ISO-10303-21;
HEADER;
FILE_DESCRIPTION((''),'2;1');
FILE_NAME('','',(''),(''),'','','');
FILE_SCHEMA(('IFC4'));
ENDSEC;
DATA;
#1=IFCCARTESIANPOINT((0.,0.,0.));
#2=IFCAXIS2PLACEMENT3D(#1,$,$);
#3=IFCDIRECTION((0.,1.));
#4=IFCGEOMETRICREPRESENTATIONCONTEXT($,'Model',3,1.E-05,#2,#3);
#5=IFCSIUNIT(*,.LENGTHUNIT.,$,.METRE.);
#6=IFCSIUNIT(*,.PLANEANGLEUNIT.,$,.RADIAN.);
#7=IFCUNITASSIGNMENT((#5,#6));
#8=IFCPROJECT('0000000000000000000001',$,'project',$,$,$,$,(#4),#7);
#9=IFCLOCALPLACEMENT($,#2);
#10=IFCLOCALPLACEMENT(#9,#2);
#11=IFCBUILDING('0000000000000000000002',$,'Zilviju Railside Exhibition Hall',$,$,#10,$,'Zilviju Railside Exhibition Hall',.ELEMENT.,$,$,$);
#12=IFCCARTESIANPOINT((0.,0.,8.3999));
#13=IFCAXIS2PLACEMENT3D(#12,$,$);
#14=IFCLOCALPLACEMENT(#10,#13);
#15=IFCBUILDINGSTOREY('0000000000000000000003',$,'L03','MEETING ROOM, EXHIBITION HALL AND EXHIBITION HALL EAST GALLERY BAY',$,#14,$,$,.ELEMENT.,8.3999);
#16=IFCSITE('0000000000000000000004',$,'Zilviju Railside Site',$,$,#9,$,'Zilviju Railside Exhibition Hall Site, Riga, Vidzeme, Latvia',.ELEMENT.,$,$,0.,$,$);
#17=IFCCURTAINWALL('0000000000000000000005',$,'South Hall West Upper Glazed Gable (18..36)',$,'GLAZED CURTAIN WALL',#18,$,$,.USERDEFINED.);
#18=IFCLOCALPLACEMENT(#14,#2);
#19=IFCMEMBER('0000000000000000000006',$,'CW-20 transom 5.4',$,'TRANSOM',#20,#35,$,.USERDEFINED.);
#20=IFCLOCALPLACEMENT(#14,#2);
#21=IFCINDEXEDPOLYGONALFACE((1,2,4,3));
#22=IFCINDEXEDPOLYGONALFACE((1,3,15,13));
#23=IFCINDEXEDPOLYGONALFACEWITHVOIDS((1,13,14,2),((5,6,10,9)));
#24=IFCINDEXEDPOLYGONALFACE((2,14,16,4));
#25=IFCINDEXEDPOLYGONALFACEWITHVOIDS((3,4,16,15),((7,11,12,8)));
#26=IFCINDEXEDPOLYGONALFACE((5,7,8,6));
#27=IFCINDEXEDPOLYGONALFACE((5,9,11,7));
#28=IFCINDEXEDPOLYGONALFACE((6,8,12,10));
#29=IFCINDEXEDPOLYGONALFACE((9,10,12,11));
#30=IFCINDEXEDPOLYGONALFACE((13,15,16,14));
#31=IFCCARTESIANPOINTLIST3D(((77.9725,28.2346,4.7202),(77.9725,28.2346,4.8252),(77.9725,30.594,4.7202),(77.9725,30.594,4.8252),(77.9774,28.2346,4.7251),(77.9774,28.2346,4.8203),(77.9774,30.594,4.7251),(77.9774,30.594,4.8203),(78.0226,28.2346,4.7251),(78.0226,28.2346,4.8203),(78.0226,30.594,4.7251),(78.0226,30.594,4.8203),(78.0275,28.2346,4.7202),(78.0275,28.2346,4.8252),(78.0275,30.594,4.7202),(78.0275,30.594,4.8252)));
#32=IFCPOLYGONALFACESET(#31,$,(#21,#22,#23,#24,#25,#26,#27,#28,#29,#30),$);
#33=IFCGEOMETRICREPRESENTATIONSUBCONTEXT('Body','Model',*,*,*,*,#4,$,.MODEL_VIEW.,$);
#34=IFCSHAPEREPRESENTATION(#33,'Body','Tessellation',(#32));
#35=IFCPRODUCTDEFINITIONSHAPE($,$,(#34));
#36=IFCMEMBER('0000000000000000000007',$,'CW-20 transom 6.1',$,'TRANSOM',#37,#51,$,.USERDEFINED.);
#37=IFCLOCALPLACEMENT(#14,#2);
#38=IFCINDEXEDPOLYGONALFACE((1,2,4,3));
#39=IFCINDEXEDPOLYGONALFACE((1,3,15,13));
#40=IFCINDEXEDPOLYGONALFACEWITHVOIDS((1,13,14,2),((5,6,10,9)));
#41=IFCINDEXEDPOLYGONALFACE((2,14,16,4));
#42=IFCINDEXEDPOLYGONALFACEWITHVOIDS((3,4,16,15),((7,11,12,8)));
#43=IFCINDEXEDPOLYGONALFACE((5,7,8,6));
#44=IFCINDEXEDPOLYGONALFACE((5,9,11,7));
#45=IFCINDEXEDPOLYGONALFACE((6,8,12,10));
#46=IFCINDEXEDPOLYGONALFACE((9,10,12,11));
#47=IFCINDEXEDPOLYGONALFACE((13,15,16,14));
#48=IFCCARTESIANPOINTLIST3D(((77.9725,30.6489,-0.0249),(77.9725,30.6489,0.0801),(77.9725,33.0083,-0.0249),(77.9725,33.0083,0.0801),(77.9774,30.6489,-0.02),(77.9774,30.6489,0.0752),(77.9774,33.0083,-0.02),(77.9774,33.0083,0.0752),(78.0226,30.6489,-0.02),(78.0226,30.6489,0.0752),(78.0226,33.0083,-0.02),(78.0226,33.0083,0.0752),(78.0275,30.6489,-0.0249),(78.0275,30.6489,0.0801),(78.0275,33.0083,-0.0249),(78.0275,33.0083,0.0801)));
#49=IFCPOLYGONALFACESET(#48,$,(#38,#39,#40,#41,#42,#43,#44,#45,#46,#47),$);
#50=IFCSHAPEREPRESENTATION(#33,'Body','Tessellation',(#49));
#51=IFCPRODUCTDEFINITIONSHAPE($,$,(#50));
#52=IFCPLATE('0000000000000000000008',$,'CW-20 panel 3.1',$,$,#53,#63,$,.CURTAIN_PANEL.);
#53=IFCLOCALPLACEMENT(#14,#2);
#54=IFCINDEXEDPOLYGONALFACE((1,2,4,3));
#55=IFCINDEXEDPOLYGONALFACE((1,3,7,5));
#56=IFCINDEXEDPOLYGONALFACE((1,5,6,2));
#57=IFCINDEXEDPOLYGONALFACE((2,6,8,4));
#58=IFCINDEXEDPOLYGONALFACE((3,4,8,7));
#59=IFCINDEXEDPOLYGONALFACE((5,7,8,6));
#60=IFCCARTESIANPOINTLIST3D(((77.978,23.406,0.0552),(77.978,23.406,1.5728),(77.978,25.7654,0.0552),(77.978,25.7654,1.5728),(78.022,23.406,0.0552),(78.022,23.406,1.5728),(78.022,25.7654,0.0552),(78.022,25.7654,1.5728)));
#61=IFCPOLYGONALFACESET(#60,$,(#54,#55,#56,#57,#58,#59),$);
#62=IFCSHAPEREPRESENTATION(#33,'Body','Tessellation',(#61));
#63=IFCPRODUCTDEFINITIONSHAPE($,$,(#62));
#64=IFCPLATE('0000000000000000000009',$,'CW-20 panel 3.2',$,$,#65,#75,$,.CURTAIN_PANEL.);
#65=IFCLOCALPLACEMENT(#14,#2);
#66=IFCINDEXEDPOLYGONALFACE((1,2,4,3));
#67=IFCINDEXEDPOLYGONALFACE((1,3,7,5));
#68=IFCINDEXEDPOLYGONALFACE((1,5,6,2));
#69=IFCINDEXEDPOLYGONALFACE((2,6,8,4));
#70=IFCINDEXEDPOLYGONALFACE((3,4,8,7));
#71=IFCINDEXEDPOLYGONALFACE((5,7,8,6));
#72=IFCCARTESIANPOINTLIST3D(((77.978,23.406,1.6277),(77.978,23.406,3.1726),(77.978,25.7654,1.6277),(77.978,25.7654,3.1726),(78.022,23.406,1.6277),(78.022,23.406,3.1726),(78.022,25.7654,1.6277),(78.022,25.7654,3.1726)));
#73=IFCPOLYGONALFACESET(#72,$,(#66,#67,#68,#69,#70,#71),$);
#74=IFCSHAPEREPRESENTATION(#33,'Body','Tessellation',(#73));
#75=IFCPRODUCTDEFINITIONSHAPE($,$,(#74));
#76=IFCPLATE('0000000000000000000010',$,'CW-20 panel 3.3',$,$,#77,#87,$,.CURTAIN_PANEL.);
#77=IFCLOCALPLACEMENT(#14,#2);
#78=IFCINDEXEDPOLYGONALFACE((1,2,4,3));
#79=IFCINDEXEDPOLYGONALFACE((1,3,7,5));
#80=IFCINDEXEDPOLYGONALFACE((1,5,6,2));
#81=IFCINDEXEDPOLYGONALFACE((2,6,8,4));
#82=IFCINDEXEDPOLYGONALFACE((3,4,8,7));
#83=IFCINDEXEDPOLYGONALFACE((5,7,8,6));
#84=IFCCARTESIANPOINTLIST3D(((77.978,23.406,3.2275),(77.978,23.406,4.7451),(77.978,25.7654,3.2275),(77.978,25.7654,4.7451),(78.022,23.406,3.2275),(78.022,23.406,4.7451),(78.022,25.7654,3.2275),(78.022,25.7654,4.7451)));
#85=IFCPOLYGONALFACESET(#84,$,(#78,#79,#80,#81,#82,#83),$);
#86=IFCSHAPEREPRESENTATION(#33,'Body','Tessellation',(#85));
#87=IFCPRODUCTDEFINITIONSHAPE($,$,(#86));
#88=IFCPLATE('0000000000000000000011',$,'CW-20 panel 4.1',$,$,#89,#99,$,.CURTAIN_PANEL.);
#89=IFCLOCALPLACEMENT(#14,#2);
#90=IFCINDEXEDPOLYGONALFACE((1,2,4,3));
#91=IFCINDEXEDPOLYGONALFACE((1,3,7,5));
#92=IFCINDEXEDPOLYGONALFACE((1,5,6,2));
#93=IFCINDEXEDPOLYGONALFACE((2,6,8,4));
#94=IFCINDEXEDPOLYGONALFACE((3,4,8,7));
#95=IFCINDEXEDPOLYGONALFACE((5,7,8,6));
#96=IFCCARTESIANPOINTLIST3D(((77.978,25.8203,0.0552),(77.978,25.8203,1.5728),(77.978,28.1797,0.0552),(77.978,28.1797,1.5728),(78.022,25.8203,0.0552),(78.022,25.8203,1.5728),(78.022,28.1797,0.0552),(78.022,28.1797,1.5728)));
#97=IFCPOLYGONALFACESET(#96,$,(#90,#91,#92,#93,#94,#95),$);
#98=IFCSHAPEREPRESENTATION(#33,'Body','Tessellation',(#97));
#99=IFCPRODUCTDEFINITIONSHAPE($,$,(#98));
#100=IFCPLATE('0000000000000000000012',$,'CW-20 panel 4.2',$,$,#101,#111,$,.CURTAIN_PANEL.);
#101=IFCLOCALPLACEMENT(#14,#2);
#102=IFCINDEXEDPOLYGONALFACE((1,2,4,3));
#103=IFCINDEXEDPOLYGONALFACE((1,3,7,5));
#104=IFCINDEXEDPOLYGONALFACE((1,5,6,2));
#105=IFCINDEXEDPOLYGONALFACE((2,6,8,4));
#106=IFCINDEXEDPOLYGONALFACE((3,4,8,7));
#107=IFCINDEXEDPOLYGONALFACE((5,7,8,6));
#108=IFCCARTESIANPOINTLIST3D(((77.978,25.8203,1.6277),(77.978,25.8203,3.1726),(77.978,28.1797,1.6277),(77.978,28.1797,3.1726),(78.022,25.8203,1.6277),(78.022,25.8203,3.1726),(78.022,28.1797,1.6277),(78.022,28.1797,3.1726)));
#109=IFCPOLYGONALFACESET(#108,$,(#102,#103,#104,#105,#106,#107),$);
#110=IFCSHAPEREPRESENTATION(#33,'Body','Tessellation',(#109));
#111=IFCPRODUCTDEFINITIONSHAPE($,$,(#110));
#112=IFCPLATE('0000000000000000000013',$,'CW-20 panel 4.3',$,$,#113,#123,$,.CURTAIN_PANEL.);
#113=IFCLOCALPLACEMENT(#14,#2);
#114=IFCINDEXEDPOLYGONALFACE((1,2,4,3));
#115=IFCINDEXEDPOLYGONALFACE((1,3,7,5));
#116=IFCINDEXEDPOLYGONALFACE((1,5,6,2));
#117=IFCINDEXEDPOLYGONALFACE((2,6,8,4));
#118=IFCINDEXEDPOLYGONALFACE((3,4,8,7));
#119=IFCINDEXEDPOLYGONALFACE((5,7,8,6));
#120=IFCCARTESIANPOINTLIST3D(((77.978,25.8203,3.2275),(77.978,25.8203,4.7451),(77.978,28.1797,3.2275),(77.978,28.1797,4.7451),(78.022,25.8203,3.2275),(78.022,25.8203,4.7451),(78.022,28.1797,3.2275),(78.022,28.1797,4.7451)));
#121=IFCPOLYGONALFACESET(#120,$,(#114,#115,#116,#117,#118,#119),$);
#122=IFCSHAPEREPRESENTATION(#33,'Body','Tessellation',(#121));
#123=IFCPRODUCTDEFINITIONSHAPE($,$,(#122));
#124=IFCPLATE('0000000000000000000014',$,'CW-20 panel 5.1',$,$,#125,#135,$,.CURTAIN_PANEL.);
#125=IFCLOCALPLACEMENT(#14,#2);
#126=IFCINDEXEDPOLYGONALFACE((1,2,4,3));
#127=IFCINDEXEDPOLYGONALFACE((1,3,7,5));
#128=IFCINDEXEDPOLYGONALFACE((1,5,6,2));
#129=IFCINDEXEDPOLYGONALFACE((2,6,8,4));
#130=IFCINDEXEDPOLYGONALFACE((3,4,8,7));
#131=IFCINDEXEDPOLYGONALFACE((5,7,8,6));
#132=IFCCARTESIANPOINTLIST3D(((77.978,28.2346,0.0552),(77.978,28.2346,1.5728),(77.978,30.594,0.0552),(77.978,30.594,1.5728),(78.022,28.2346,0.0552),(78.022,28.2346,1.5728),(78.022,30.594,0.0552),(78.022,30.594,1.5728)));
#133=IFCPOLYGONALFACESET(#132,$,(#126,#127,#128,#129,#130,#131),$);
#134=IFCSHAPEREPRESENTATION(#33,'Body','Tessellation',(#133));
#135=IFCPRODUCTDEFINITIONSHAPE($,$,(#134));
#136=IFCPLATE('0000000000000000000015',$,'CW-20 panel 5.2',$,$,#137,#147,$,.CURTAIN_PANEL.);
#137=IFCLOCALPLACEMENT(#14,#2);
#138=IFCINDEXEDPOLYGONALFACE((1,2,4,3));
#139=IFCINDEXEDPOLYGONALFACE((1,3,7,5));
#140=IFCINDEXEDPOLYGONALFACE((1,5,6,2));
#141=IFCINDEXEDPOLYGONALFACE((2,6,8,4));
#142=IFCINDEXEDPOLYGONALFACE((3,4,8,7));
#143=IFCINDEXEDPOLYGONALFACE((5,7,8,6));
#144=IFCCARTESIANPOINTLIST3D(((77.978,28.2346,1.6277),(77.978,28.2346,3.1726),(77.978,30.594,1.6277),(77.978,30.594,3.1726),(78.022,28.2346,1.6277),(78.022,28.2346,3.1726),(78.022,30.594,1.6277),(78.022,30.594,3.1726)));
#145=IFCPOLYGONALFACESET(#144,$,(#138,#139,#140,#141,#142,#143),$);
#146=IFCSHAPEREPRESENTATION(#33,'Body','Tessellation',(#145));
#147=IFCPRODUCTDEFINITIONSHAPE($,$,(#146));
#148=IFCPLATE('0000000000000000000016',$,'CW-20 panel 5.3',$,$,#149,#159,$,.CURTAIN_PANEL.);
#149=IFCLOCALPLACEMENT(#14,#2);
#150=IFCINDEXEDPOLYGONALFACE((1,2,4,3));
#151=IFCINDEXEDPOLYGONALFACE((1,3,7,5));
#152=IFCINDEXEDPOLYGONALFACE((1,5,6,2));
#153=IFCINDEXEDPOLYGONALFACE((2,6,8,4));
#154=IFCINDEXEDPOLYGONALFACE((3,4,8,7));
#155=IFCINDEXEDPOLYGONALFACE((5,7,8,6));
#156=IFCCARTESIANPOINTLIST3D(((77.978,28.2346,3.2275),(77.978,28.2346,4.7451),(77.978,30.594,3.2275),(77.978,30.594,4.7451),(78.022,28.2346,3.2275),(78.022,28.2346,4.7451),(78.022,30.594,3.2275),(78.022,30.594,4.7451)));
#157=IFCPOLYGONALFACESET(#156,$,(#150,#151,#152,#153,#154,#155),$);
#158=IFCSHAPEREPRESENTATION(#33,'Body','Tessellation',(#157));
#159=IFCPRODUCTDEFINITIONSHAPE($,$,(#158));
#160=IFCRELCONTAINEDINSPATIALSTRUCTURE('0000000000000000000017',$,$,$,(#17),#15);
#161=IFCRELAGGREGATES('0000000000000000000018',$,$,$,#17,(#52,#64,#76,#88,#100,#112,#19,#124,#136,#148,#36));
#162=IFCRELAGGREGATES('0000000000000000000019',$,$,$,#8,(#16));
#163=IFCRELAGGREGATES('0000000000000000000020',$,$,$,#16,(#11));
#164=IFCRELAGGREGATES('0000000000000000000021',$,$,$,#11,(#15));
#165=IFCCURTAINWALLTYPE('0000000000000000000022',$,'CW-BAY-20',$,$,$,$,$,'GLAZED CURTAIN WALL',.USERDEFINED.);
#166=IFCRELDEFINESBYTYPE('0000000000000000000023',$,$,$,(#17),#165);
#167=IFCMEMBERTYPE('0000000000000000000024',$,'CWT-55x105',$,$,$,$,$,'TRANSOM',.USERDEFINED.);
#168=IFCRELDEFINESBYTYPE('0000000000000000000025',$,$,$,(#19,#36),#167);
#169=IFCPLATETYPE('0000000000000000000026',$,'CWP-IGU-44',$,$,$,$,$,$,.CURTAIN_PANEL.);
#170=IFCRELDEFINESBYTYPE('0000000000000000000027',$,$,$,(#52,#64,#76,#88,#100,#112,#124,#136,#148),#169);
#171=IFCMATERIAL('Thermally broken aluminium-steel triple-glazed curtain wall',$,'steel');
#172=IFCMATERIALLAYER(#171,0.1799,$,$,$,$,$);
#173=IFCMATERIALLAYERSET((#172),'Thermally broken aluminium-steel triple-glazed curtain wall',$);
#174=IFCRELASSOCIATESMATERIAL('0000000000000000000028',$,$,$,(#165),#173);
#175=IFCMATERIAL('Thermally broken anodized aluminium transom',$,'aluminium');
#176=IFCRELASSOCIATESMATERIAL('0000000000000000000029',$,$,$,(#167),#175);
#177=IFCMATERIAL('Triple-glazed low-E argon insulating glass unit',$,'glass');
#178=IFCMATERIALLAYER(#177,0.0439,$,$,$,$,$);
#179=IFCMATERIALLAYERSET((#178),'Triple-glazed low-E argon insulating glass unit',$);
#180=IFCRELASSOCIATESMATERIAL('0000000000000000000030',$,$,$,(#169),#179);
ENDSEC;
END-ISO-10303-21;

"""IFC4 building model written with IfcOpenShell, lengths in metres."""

from ifc_helpers import new_model, si_unit, direction, frame, origin, origin_2d, place, context, subcontext, project, spatial, rectangle, hollow_rectangle, extrude, material, layer, layer_set, material_profile, profile_set, type_object, element, aggregate, save


model = new_model("IFC4")

# Units and contexts
model_context = context("Model", 3, precision=1e-05, world=origin(), true_north=direction((0.0, 1.0)))
body_context = subcontext(model_context, "Body", "Model", "MODEL_VIEW")
ifc_project = project(units=[si_unit("LENGTHUNIT", "METRE"), si_unit("PLANEANGLEUNIT", "RADIAN")], contexts=[model_context])

# Site, building, storey
site_placement = place(None, origin())
site = spatial("IfcSite", under=ifc_project, at=site_placement, Name="Zilviju Railside Site", LongName="Zilviju Railside Exhibition Hall Site, Riga, Vidzeme, Latvia", CompositionType="ELEMENT", RefElevation=0.0)
building_placement = place(site_placement, origin())
building = spatial("IfcBuilding", under=site, at=building_placement, Name="Zilviju Railside Exhibition Hall", LongName="Zilviju Railside Exhibition Hall", CompositionType="ELEMENT")
storey_placement = place(building_placement, frame((0.0, 0.0, 8.3999)))
storey = spatial("IfcBuildingStorey", under=building, at=storey_placement, Name="L03", Description="MEETING ROOM, EXHIBITION HALL AND EXHIBITION HALL EAST GALLERY BAY", CompositionType="ELEMENT", Elevation=8.3999)

# Curtain wall, members, plates
ifc_material_1 = material(Name="Thermally broken aluminium-steel triple-glazed curtain wall", Category="steel")
ifc_layer_1 = layer(ifc_material_1, 0.1799)
ifc_layer_set_1 = layer_set([ifc_layer_1], Name="Thermally broken aluminium-steel triple-glazed curtain wall")
curtain_wall_type = type_object("IfcCurtainWallType", Name="CW-BAY-20", ElementType="GLAZED CURTAIN WALL", PredefinedType="USERDEFINED", material=ifc_layer_set_1)
curtain_wall_placement = place(storey_placement, origin())
curtain_wall = element("IfcCurtainWall", 1, at=curtain_wall_placement, inside=storey, type_object=curtain_wall_type, Name="South Hall West Upper Glazed Gable (18..36)", ObjectType="GLAZED CURTAIN WALL", PredefinedType="USERDEFINED")
ifc_material_2 = material(Name="Thermally broken anodized aluminium transom", Category="aluminium")
ifc_material_profile_1 = material_profile(ifc_material_2, hollow_rectangle(XDim=0.0549, YDim=0.105, WallThickness=0.0049, at=origin_2d()), Name="TRANSOM 105x55x5")
ifc_profile_set_1 = profile_set([ifc_material_profile_1], Name="Thermally broken anodized aluminium transom")
member_type_1 = type_object("IfcMemberType", Name="CWT-55x105", ElementType="TRANSOM", PredefinedType="USERDEFINED", material=ifc_profile_set_1)
member_1_placement = place(storey_placement, frame((78.0, 28.2346, 4.7727), z_axis=(0.0, 1.0, 0.0), x_axis=(-1.0, 0.0, 0.0)))
member_1 = element("IfcMember", 2, at=member_1_placement, type_object=member_type_1, Name="CW-20 transom 5.4", ObjectType="TRANSOM", PredefinedType="USERDEFINED", context=body_context, shape_type="SweptSolid", body=[
    extrude(hollow_rectangle(XDim=0.0549, YDim=0.105, WallThickness=0.0049, at=origin_2d()), origin(), (0.0, 0.0, 1.0), 2.3594),
])
member_2_placement = place(storey_placement, frame((78.0, 30.6489, 0.0276), z_axis=(0.0, 1.0, 0.0), x_axis=(-1.0, 0.0, 0.0)))
member_2 = element("IfcMember", 3, at=member_2_placement, type_object=member_type_1, Name="CW-20 transom 6.1", ObjectType="TRANSOM", PredefinedType="USERDEFINED", context=body_context, shape_type="SweptSolid", body=[
    extrude(hollow_rectangle(XDim=0.0549, YDim=0.105, WallThickness=0.0049, at=origin_2d()), origin(), (0.0, 0.0, 1.0), 2.3594),
])
ifc_material_3 = material(Name="Triple-glazed low-E argon insulating glass unit", Category="glass")
ifc_layer_2 = layer(ifc_material_3, 0.0439)
ifc_layer_set_2 = layer_set([ifc_layer_2], Name="Triple-glazed low-E argon insulating glass unit")
plate_type = type_object("IfcPlateType", Name="CWP-IGU-44", PredefinedType="CURTAIN_PANEL", material=ifc_layer_set_2)
plate_1_placement = place(storey_placement, frame((78.0, 24.5857, 0.0552), z_axis=(0.0, 0.0, 1.0), x_axis=(0.0, 1.0, 0.0)))
plate_1 = element("IfcPlate", 4, at=plate_1_placement, type_object=plate_type, Name="CW-20 panel 3.1", PredefinedType="CURTAIN_PANEL", context=body_context, shape_type="SweptSolid", body=[
    extrude(rectangle(XDim=2.3594, YDim=0.0439, at=origin_2d()), origin(), (0.0, 0.0, 1.0), 1.5176),
])
plate_2_placement = place(storey_placement, frame((78.0, 24.5857, 1.6277), z_axis=(0.0, 0.0, 1.0), x_axis=(0.0, 1.0, 0.0)))
plate_2 = element("IfcPlate", 5, at=plate_2_placement, type_object=plate_type, Name="CW-20 panel 3.2", PredefinedType="CURTAIN_PANEL", context=body_context, shape_type="SweptSolid", body=[
    extrude(rectangle(XDim=2.3594, YDim=0.0439, at=origin_2d()), origin(), (0.0, 0.0, 1.0), 1.5449),
])
plate_3_placement = place(storey_placement, frame((78.0, 24.5857, 3.2275), z_axis=(0.0, 0.0, 1.0), x_axis=(0.0, 1.0, 0.0)))
plate_3 = element("IfcPlate", 6, at=plate_3_placement, type_object=plate_type, Name="CW-20 panel 3.3", PredefinedType="CURTAIN_PANEL", context=body_context, shape_type="SweptSolid", body=[
    extrude(rectangle(XDim=2.3594, YDim=0.0439, at=origin_2d()), origin(), (0.0, 0.0, 1.0), 1.5176),
])
plate_4_placement = place(storey_placement, frame((78.0, 27.0, 0.0552), z_axis=(0.0, 0.0, 1.0), x_axis=(0.0, 1.0, 0.0)))
plate_4 = element("IfcPlate", 7, at=plate_4_placement, type_object=plate_type, Name="CW-20 panel 4.1", PredefinedType="CURTAIN_PANEL", context=body_context, shape_type="SweptSolid", body=[
    extrude(rectangle(XDim=2.3594, YDim=0.0439, at=origin_2d()), origin(), (0.0, 0.0, 1.0), 1.5176),
])
plate_5_placement = place(storey_placement, frame((78.0, 27.0, 1.6277), z_axis=(0.0, 0.0, 1.0), x_axis=(0.0, 1.0, 0.0)))
plate_5 = element("IfcPlate", 8, at=plate_5_placement, type_object=plate_type, Name="CW-20 panel 4.2", PredefinedType="CURTAIN_PANEL", context=body_context, shape_type="SweptSolid", body=[
    extrude(rectangle(XDim=2.3594, YDim=0.0439, at=origin_2d()), origin(), (0.0, 0.0, 1.0), 1.5449),
])
plate_6_placement = place(storey_placement, frame((78.0, 27.0, 3.2275), z_axis=(0.0, 0.0, 1.0), x_axis=(0.0, 1.0, 0.0)))
plate_6 = element("IfcPlate", 9, at=plate_6_placement, type_object=plate_type, Name="CW-20 panel 4.3", PredefinedType="CURTAIN_PANEL", context=body_context, shape_type="SweptSolid", body=[
    extrude(rectangle(XDim=2.3594, YDim=0.0439, at=origin_2d()), origin(), (0.0, 0.0, 1.0), 1.5176),
])
plate_7_placement = place(storey_placement, frame((78.0, 29.4143, 0.0552), z_axis=(0.0, 0.0, 1.0), x_axis=(0.0, 1.0, 0.0)))
plate_7 = element("IfcPlate", 10, at=plate_7_placement, type_object=plate_type, Name="CW-20 panel 5.1", PredefinedType="CURTAIN_PANEL", context=body_context, shape_type="SweptSolid", body=[
    extrude(rectangle(XDim=2.3594, YDim=0.0439, at=origin_2d()), origin(), (0.0, 0.0, 1.0), 1.5176),
])
plate_8_placement = place(storey_placement, frame((78.0, 29.4143, 1.6277), z_axis=(0.0, 0.0, 1.0), x_axis=(0.0, 1.0, 0.0)))
plate_8 = element("IfcPlate", 11, at=plate_8_placement, type_object=plate_type, Name="CW-20 panel 5.2", PredefinedType="CURTAIN_PANEL", context=body_context, shape_type="SweptSolid", body=[
    extrude(rectangle(XDim=2.3594, YDim=0.0439, at=origin_2d()), origin(), (0.0, 0.0, 1.0), 1.5449),
])
plate_9_placement = place(storey_placement, frame((78.0, 29.4143, 3.2275), z_axis=(0.0, 0.0, 1.0), x_axis=(0.0, 1.0, 0.0)))
plate_9 = element("IfcPlate", 12, at=plate_9_placement, type_object=plate_type, Name="CW-20 panel 5.3", PredefinedType="CURTAIN_PANEL", context=body_context, shape_type="SweptSolid", body=[
    extrude(rectangle(XDim=2.3594, YDim=0.0439, at=origin_2d()), origin(), (0.0, 0.0, 1.0), 1.5176),
])
aggregate(curtain_wall, [plate_1, plate_2, plate_3, plate_4, plate_5, plate_6, member_1, plate_7, plate_8, plate_9, member_2])

save(model, "model.ifc")
